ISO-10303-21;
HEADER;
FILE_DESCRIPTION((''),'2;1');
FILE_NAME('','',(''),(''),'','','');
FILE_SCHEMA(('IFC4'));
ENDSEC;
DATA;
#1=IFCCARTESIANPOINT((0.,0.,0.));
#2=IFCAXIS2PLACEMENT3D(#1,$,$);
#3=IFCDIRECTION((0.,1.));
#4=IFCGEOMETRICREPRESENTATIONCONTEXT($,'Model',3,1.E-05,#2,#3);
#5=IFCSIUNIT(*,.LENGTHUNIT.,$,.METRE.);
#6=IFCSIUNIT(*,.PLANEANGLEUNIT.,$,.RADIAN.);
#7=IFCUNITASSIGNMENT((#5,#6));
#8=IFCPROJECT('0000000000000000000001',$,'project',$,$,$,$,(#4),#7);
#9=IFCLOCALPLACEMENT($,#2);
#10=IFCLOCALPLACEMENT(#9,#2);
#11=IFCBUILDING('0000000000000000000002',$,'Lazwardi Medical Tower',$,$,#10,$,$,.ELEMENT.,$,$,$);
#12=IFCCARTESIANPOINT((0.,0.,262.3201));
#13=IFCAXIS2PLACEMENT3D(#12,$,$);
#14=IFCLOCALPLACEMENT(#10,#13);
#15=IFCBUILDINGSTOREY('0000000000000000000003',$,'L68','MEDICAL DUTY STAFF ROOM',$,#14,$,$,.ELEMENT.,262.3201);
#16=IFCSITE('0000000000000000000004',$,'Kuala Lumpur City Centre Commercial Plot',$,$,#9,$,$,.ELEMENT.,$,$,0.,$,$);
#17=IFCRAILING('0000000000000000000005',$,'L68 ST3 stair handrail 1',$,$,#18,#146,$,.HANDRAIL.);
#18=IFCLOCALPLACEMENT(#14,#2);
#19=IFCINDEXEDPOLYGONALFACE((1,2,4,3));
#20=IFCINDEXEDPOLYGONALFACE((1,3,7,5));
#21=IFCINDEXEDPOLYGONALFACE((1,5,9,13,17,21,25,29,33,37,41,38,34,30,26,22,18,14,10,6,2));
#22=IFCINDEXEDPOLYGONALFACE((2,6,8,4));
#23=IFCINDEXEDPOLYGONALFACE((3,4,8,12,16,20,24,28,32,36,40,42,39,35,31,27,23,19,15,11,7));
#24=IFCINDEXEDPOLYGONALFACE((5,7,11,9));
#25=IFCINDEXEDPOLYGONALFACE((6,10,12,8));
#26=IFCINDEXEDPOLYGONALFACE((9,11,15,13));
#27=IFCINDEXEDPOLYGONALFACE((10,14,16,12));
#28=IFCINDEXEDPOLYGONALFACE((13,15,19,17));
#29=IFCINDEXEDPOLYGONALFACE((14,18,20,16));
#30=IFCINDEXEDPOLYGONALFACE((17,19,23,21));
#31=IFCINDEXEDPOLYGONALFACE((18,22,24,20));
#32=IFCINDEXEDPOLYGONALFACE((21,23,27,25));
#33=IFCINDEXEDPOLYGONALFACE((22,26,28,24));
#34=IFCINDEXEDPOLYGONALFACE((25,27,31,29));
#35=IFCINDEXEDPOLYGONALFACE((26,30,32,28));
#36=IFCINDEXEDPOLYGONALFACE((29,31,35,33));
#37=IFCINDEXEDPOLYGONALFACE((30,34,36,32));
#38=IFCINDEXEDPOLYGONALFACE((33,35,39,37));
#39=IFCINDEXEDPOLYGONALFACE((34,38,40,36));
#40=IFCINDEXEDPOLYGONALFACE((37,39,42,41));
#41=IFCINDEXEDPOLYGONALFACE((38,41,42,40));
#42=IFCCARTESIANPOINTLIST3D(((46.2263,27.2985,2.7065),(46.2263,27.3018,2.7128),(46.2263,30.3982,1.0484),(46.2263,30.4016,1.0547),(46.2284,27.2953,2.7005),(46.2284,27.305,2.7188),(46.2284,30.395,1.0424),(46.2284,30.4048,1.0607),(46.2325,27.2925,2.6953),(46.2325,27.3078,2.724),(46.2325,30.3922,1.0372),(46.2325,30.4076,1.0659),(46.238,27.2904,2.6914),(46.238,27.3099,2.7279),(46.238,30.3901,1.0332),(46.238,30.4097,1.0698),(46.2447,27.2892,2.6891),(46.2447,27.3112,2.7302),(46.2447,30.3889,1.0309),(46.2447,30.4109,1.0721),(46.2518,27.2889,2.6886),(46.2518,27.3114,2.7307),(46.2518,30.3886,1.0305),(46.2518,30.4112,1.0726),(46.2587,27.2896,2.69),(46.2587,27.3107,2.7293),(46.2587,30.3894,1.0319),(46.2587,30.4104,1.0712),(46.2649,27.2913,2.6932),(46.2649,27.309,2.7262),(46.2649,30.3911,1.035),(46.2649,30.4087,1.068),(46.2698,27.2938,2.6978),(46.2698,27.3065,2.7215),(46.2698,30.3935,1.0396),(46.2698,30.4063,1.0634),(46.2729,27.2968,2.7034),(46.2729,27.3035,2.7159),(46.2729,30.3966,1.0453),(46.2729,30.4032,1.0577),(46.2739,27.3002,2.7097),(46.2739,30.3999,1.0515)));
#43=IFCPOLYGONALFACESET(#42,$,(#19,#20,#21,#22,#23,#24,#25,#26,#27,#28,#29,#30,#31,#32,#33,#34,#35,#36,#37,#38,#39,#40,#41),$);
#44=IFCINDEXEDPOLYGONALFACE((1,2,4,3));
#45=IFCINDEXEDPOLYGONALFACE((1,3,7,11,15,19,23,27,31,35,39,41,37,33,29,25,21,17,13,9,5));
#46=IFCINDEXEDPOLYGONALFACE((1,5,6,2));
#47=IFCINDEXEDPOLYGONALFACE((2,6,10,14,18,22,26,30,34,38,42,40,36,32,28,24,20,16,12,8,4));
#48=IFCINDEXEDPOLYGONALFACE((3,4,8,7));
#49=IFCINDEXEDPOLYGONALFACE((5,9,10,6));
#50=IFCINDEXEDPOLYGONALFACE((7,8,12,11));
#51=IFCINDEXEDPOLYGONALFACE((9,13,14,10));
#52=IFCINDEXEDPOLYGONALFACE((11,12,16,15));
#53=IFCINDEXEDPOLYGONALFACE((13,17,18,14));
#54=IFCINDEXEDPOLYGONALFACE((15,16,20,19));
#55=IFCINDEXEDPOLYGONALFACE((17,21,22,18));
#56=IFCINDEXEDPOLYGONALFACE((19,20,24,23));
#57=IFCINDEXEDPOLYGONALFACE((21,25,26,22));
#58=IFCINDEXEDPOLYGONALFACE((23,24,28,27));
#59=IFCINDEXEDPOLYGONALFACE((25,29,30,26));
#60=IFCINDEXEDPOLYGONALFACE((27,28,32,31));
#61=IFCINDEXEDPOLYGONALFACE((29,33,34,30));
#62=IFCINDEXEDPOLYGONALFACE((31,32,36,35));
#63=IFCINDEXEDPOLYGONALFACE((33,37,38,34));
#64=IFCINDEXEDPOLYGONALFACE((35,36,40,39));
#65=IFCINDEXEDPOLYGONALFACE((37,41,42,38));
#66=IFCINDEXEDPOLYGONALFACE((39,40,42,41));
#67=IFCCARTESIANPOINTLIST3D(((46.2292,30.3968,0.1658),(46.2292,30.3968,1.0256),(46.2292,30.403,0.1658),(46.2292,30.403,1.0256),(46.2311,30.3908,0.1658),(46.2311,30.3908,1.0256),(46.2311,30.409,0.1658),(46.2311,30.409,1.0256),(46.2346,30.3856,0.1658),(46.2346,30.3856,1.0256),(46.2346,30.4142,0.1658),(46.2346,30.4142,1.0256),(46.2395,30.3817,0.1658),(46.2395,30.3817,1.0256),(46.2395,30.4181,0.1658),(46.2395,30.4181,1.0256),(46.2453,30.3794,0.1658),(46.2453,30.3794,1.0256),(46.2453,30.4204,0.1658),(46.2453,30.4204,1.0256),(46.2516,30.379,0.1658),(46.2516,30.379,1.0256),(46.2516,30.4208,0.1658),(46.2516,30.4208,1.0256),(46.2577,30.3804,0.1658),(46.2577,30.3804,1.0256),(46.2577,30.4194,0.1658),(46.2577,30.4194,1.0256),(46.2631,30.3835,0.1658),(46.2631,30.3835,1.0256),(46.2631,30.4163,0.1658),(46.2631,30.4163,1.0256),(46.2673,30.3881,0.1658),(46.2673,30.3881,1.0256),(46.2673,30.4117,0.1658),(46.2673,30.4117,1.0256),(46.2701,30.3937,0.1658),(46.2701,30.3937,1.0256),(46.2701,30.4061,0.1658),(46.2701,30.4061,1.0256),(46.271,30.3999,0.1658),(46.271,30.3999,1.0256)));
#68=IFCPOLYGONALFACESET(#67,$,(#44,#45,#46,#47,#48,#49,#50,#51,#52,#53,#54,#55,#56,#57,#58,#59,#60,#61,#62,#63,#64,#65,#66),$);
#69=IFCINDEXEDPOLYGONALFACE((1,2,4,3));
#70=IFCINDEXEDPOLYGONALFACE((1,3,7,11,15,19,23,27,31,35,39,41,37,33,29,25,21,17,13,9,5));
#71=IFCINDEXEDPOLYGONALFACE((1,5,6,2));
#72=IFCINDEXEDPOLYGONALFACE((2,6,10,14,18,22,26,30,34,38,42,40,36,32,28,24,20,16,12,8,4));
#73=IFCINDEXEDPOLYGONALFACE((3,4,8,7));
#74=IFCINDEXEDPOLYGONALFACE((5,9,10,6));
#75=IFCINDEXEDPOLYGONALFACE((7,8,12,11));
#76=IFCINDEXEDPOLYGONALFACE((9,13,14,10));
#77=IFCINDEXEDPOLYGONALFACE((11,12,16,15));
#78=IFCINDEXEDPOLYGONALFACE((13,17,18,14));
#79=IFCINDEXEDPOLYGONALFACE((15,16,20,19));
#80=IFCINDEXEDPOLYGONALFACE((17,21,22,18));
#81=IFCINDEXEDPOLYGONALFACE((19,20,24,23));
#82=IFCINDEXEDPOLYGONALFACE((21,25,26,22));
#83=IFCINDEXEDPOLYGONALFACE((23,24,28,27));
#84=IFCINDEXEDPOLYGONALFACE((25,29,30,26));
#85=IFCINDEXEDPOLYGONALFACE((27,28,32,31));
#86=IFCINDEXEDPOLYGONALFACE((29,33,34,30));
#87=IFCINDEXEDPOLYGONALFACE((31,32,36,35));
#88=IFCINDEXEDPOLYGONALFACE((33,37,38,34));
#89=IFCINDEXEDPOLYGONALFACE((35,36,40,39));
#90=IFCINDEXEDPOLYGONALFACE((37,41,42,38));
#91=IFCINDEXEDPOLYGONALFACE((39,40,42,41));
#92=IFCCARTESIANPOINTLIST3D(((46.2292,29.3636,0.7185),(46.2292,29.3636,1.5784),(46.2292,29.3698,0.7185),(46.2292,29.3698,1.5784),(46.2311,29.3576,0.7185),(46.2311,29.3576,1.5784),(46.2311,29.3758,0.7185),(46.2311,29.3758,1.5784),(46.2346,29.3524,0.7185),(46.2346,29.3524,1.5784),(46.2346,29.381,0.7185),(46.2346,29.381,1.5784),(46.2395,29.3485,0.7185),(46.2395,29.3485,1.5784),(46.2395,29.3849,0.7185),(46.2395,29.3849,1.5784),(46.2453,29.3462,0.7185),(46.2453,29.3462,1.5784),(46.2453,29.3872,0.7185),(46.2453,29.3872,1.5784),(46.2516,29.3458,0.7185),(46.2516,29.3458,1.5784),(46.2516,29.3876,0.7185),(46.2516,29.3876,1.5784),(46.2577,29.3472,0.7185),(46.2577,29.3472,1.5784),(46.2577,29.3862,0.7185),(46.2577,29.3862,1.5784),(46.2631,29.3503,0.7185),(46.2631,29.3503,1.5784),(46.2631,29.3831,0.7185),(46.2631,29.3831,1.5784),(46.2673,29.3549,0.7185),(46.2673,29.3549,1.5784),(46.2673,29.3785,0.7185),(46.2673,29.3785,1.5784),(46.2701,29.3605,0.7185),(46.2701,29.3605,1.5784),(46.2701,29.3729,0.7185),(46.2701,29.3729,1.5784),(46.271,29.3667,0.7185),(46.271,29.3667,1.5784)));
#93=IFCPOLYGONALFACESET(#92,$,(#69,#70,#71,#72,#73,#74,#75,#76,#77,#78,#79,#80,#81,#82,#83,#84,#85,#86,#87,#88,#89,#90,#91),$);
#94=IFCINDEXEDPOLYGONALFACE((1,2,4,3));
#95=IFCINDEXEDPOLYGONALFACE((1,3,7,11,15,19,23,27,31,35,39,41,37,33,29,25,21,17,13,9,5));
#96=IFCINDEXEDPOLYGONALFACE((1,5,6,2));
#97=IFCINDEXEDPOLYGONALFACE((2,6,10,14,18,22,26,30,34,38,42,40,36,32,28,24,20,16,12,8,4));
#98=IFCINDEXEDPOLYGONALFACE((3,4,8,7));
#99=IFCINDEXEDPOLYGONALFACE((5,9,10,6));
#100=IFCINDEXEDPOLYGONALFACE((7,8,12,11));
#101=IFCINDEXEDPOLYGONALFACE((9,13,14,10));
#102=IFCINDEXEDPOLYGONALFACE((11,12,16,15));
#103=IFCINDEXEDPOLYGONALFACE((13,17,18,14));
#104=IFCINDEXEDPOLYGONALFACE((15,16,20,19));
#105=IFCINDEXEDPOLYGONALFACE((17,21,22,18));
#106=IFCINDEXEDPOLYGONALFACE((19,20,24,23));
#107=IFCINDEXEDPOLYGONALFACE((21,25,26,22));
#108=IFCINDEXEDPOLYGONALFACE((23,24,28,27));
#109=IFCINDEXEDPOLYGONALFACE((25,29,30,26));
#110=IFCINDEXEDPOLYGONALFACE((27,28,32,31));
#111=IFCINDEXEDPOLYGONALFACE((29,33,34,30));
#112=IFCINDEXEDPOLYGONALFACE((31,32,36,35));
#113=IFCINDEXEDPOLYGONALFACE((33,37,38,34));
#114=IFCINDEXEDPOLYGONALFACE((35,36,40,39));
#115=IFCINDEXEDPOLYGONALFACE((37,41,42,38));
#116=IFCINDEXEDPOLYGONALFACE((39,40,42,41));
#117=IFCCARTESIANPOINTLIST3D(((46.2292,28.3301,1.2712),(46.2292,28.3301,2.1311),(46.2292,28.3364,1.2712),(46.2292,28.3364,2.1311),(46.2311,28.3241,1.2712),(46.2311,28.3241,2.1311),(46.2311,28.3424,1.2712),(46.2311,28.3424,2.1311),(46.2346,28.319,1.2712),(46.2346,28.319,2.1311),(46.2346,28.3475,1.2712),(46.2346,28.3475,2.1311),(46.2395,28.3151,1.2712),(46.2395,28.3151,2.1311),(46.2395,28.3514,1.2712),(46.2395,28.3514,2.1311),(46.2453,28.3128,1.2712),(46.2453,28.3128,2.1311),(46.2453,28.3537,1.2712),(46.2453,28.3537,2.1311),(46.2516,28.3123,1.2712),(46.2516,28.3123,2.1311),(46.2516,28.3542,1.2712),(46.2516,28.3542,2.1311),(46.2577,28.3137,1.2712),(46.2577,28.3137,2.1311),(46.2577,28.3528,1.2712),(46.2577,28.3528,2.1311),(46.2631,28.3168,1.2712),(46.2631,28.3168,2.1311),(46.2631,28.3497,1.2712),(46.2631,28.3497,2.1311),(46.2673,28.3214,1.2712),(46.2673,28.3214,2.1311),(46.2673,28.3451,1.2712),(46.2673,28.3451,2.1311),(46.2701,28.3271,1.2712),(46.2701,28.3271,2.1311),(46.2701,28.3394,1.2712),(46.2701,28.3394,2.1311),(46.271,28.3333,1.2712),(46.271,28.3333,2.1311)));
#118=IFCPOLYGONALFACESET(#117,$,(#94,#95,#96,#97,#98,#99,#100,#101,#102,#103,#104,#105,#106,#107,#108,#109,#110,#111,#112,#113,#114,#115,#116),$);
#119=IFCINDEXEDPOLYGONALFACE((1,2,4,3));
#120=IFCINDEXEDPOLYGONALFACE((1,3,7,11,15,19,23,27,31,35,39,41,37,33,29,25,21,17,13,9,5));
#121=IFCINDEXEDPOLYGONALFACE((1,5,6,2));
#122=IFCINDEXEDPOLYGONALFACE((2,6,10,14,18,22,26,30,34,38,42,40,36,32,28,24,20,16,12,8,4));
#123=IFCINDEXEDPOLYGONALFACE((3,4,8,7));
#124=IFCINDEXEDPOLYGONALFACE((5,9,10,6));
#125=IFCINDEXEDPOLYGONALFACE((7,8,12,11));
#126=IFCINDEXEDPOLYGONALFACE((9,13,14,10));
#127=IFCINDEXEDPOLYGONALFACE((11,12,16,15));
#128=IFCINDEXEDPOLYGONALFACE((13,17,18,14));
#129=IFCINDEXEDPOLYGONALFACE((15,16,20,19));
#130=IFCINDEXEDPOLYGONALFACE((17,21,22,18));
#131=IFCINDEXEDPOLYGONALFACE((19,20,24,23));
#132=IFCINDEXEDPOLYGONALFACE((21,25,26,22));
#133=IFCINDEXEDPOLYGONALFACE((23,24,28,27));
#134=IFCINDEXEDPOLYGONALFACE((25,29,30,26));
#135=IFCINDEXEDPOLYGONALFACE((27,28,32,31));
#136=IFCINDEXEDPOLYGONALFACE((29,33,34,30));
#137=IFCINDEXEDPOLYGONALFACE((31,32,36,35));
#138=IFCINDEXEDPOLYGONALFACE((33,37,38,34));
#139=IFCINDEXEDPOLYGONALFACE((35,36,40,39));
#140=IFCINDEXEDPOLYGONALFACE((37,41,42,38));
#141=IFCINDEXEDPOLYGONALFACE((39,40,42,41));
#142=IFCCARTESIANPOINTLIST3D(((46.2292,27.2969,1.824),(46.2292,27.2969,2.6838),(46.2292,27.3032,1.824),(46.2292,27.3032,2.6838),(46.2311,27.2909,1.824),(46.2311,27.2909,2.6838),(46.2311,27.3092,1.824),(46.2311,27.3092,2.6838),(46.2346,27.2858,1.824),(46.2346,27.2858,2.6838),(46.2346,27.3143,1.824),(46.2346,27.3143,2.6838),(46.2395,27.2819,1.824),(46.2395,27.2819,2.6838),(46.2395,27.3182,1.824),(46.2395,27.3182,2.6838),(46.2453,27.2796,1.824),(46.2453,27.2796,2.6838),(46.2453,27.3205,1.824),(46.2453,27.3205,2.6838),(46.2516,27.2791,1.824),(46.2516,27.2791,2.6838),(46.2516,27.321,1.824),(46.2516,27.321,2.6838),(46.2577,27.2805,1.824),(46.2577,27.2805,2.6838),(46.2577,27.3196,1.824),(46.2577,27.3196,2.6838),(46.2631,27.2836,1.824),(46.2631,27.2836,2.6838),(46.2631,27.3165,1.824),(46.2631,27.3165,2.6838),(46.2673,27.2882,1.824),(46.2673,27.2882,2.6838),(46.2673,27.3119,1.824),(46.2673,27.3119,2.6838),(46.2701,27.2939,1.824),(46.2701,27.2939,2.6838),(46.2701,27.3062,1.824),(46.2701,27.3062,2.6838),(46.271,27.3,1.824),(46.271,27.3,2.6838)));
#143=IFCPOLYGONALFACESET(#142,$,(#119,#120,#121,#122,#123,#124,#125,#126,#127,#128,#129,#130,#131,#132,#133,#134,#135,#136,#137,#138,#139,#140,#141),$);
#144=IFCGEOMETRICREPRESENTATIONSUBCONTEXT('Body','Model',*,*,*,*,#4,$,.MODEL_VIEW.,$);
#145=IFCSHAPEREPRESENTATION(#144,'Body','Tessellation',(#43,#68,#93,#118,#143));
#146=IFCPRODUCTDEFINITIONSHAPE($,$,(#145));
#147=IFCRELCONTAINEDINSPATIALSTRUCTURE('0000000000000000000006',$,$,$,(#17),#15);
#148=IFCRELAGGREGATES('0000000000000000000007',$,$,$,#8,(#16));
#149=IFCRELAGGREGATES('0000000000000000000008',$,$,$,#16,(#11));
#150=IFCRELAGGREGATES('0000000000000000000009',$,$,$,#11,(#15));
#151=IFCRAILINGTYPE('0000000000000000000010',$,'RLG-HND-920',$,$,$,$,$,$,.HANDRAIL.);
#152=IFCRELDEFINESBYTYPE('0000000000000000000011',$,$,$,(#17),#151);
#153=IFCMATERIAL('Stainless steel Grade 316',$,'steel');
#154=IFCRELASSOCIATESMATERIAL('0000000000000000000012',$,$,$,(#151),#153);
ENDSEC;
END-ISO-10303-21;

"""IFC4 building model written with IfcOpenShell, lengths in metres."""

from ifc_helpers import new_model, si_unit, direction, frame, origin, origin_2d, place, context, subcontext, project, spatial, circle, extrude, material, type_object, element, save


model = new_model("IFC4")

# Units and contexts
model_context = context("Model", 3, precision=1e-05, world=origin(), true_north=direction((0.0, 1.0)))
body_context = subcontext(model_context, "Body", "Model", "MODEL_VIEW")
ifc_project = project(units=[si_unit("LENGTHUNIT", "METRE"), si_unit("PLANEANGLEUNIT", "RADIAN")], contexts=[model_context])

# Site, building, storey
site_placement = place(None, origin())
site = spatial("IfcSite", under=ifc_project, at=site_placement, Name="Kuala Lumpur City Centre Commercial Plot", CompositionType="ELEMENT", RefElevation=0.0)
building_placement = place(site_placement, origin())
building = spatial("IfcBuilding", under=site, at=building_placement, Name="Lazwardi Medical Tower", CompositionType="ELEMENT")
storey_placement = place(building_placement, frame((0.0, 0.0, 262.3201)))
storey = spatial("IfcBuildingStorey", under=building, at=storey_placement, Name="L68", Description="MEDICAL DUTY STAFF ROOM", CompositionType="ELEMENT", Elevation=262.3201)

# Railing
ifc_material_1 = material(Name="Stainless steel Grade 316", Category="steel")
railing_type = type_object("IfcRailingType", Name="RLG-HND-920", PredefinedType="HANDRAIL", material=ifc_material_1)
railing_1_placement = place(storey_placement, frame((46.25, 30.3999, 0.1658)))
element("IfcRailing", 1, at=railing_1_placement, inside=storey, type_object=railing_type, Name="L68 ST3 stair handrail 1", PredefinedType="HANDRAIL", context=body_context, shape_type="SweptSolid", body=[
    extrude(circle(Radius=0.0239, at=origin_2d()), frame((0.0, 0.0, 0.8857), z_axis=(0.0, -0.881768, 0.471684), x_axis=(1.0, 0.0, 0.0)), (0.0, 0.0, 1.0), 3.5154),
    extrude(circle(Radius=0.021, at=origin_2d()), origin(), (0.0, 0.0, 1.0), 0.8599),
    extrude(circle(Radius=0.021, at=origin_2d()), frame((0.0, -1.0332, 0.5527)), (0.0, 0.0, 1.0), 0.8599),
    extrude(circle(Radius=0.021, at=origin_2d()), frame((0.0, -2.0667, 1.1055)), (0.0, 0.0, 1.0), 0.8599),
    extrude(circle(Radius=0.021, at=origin_2d()), frame((0.0, -3.0999, 1.6582)), (0.0, 0.0, 1.0), 0.8599),
])

save(model, "model.ifc")
